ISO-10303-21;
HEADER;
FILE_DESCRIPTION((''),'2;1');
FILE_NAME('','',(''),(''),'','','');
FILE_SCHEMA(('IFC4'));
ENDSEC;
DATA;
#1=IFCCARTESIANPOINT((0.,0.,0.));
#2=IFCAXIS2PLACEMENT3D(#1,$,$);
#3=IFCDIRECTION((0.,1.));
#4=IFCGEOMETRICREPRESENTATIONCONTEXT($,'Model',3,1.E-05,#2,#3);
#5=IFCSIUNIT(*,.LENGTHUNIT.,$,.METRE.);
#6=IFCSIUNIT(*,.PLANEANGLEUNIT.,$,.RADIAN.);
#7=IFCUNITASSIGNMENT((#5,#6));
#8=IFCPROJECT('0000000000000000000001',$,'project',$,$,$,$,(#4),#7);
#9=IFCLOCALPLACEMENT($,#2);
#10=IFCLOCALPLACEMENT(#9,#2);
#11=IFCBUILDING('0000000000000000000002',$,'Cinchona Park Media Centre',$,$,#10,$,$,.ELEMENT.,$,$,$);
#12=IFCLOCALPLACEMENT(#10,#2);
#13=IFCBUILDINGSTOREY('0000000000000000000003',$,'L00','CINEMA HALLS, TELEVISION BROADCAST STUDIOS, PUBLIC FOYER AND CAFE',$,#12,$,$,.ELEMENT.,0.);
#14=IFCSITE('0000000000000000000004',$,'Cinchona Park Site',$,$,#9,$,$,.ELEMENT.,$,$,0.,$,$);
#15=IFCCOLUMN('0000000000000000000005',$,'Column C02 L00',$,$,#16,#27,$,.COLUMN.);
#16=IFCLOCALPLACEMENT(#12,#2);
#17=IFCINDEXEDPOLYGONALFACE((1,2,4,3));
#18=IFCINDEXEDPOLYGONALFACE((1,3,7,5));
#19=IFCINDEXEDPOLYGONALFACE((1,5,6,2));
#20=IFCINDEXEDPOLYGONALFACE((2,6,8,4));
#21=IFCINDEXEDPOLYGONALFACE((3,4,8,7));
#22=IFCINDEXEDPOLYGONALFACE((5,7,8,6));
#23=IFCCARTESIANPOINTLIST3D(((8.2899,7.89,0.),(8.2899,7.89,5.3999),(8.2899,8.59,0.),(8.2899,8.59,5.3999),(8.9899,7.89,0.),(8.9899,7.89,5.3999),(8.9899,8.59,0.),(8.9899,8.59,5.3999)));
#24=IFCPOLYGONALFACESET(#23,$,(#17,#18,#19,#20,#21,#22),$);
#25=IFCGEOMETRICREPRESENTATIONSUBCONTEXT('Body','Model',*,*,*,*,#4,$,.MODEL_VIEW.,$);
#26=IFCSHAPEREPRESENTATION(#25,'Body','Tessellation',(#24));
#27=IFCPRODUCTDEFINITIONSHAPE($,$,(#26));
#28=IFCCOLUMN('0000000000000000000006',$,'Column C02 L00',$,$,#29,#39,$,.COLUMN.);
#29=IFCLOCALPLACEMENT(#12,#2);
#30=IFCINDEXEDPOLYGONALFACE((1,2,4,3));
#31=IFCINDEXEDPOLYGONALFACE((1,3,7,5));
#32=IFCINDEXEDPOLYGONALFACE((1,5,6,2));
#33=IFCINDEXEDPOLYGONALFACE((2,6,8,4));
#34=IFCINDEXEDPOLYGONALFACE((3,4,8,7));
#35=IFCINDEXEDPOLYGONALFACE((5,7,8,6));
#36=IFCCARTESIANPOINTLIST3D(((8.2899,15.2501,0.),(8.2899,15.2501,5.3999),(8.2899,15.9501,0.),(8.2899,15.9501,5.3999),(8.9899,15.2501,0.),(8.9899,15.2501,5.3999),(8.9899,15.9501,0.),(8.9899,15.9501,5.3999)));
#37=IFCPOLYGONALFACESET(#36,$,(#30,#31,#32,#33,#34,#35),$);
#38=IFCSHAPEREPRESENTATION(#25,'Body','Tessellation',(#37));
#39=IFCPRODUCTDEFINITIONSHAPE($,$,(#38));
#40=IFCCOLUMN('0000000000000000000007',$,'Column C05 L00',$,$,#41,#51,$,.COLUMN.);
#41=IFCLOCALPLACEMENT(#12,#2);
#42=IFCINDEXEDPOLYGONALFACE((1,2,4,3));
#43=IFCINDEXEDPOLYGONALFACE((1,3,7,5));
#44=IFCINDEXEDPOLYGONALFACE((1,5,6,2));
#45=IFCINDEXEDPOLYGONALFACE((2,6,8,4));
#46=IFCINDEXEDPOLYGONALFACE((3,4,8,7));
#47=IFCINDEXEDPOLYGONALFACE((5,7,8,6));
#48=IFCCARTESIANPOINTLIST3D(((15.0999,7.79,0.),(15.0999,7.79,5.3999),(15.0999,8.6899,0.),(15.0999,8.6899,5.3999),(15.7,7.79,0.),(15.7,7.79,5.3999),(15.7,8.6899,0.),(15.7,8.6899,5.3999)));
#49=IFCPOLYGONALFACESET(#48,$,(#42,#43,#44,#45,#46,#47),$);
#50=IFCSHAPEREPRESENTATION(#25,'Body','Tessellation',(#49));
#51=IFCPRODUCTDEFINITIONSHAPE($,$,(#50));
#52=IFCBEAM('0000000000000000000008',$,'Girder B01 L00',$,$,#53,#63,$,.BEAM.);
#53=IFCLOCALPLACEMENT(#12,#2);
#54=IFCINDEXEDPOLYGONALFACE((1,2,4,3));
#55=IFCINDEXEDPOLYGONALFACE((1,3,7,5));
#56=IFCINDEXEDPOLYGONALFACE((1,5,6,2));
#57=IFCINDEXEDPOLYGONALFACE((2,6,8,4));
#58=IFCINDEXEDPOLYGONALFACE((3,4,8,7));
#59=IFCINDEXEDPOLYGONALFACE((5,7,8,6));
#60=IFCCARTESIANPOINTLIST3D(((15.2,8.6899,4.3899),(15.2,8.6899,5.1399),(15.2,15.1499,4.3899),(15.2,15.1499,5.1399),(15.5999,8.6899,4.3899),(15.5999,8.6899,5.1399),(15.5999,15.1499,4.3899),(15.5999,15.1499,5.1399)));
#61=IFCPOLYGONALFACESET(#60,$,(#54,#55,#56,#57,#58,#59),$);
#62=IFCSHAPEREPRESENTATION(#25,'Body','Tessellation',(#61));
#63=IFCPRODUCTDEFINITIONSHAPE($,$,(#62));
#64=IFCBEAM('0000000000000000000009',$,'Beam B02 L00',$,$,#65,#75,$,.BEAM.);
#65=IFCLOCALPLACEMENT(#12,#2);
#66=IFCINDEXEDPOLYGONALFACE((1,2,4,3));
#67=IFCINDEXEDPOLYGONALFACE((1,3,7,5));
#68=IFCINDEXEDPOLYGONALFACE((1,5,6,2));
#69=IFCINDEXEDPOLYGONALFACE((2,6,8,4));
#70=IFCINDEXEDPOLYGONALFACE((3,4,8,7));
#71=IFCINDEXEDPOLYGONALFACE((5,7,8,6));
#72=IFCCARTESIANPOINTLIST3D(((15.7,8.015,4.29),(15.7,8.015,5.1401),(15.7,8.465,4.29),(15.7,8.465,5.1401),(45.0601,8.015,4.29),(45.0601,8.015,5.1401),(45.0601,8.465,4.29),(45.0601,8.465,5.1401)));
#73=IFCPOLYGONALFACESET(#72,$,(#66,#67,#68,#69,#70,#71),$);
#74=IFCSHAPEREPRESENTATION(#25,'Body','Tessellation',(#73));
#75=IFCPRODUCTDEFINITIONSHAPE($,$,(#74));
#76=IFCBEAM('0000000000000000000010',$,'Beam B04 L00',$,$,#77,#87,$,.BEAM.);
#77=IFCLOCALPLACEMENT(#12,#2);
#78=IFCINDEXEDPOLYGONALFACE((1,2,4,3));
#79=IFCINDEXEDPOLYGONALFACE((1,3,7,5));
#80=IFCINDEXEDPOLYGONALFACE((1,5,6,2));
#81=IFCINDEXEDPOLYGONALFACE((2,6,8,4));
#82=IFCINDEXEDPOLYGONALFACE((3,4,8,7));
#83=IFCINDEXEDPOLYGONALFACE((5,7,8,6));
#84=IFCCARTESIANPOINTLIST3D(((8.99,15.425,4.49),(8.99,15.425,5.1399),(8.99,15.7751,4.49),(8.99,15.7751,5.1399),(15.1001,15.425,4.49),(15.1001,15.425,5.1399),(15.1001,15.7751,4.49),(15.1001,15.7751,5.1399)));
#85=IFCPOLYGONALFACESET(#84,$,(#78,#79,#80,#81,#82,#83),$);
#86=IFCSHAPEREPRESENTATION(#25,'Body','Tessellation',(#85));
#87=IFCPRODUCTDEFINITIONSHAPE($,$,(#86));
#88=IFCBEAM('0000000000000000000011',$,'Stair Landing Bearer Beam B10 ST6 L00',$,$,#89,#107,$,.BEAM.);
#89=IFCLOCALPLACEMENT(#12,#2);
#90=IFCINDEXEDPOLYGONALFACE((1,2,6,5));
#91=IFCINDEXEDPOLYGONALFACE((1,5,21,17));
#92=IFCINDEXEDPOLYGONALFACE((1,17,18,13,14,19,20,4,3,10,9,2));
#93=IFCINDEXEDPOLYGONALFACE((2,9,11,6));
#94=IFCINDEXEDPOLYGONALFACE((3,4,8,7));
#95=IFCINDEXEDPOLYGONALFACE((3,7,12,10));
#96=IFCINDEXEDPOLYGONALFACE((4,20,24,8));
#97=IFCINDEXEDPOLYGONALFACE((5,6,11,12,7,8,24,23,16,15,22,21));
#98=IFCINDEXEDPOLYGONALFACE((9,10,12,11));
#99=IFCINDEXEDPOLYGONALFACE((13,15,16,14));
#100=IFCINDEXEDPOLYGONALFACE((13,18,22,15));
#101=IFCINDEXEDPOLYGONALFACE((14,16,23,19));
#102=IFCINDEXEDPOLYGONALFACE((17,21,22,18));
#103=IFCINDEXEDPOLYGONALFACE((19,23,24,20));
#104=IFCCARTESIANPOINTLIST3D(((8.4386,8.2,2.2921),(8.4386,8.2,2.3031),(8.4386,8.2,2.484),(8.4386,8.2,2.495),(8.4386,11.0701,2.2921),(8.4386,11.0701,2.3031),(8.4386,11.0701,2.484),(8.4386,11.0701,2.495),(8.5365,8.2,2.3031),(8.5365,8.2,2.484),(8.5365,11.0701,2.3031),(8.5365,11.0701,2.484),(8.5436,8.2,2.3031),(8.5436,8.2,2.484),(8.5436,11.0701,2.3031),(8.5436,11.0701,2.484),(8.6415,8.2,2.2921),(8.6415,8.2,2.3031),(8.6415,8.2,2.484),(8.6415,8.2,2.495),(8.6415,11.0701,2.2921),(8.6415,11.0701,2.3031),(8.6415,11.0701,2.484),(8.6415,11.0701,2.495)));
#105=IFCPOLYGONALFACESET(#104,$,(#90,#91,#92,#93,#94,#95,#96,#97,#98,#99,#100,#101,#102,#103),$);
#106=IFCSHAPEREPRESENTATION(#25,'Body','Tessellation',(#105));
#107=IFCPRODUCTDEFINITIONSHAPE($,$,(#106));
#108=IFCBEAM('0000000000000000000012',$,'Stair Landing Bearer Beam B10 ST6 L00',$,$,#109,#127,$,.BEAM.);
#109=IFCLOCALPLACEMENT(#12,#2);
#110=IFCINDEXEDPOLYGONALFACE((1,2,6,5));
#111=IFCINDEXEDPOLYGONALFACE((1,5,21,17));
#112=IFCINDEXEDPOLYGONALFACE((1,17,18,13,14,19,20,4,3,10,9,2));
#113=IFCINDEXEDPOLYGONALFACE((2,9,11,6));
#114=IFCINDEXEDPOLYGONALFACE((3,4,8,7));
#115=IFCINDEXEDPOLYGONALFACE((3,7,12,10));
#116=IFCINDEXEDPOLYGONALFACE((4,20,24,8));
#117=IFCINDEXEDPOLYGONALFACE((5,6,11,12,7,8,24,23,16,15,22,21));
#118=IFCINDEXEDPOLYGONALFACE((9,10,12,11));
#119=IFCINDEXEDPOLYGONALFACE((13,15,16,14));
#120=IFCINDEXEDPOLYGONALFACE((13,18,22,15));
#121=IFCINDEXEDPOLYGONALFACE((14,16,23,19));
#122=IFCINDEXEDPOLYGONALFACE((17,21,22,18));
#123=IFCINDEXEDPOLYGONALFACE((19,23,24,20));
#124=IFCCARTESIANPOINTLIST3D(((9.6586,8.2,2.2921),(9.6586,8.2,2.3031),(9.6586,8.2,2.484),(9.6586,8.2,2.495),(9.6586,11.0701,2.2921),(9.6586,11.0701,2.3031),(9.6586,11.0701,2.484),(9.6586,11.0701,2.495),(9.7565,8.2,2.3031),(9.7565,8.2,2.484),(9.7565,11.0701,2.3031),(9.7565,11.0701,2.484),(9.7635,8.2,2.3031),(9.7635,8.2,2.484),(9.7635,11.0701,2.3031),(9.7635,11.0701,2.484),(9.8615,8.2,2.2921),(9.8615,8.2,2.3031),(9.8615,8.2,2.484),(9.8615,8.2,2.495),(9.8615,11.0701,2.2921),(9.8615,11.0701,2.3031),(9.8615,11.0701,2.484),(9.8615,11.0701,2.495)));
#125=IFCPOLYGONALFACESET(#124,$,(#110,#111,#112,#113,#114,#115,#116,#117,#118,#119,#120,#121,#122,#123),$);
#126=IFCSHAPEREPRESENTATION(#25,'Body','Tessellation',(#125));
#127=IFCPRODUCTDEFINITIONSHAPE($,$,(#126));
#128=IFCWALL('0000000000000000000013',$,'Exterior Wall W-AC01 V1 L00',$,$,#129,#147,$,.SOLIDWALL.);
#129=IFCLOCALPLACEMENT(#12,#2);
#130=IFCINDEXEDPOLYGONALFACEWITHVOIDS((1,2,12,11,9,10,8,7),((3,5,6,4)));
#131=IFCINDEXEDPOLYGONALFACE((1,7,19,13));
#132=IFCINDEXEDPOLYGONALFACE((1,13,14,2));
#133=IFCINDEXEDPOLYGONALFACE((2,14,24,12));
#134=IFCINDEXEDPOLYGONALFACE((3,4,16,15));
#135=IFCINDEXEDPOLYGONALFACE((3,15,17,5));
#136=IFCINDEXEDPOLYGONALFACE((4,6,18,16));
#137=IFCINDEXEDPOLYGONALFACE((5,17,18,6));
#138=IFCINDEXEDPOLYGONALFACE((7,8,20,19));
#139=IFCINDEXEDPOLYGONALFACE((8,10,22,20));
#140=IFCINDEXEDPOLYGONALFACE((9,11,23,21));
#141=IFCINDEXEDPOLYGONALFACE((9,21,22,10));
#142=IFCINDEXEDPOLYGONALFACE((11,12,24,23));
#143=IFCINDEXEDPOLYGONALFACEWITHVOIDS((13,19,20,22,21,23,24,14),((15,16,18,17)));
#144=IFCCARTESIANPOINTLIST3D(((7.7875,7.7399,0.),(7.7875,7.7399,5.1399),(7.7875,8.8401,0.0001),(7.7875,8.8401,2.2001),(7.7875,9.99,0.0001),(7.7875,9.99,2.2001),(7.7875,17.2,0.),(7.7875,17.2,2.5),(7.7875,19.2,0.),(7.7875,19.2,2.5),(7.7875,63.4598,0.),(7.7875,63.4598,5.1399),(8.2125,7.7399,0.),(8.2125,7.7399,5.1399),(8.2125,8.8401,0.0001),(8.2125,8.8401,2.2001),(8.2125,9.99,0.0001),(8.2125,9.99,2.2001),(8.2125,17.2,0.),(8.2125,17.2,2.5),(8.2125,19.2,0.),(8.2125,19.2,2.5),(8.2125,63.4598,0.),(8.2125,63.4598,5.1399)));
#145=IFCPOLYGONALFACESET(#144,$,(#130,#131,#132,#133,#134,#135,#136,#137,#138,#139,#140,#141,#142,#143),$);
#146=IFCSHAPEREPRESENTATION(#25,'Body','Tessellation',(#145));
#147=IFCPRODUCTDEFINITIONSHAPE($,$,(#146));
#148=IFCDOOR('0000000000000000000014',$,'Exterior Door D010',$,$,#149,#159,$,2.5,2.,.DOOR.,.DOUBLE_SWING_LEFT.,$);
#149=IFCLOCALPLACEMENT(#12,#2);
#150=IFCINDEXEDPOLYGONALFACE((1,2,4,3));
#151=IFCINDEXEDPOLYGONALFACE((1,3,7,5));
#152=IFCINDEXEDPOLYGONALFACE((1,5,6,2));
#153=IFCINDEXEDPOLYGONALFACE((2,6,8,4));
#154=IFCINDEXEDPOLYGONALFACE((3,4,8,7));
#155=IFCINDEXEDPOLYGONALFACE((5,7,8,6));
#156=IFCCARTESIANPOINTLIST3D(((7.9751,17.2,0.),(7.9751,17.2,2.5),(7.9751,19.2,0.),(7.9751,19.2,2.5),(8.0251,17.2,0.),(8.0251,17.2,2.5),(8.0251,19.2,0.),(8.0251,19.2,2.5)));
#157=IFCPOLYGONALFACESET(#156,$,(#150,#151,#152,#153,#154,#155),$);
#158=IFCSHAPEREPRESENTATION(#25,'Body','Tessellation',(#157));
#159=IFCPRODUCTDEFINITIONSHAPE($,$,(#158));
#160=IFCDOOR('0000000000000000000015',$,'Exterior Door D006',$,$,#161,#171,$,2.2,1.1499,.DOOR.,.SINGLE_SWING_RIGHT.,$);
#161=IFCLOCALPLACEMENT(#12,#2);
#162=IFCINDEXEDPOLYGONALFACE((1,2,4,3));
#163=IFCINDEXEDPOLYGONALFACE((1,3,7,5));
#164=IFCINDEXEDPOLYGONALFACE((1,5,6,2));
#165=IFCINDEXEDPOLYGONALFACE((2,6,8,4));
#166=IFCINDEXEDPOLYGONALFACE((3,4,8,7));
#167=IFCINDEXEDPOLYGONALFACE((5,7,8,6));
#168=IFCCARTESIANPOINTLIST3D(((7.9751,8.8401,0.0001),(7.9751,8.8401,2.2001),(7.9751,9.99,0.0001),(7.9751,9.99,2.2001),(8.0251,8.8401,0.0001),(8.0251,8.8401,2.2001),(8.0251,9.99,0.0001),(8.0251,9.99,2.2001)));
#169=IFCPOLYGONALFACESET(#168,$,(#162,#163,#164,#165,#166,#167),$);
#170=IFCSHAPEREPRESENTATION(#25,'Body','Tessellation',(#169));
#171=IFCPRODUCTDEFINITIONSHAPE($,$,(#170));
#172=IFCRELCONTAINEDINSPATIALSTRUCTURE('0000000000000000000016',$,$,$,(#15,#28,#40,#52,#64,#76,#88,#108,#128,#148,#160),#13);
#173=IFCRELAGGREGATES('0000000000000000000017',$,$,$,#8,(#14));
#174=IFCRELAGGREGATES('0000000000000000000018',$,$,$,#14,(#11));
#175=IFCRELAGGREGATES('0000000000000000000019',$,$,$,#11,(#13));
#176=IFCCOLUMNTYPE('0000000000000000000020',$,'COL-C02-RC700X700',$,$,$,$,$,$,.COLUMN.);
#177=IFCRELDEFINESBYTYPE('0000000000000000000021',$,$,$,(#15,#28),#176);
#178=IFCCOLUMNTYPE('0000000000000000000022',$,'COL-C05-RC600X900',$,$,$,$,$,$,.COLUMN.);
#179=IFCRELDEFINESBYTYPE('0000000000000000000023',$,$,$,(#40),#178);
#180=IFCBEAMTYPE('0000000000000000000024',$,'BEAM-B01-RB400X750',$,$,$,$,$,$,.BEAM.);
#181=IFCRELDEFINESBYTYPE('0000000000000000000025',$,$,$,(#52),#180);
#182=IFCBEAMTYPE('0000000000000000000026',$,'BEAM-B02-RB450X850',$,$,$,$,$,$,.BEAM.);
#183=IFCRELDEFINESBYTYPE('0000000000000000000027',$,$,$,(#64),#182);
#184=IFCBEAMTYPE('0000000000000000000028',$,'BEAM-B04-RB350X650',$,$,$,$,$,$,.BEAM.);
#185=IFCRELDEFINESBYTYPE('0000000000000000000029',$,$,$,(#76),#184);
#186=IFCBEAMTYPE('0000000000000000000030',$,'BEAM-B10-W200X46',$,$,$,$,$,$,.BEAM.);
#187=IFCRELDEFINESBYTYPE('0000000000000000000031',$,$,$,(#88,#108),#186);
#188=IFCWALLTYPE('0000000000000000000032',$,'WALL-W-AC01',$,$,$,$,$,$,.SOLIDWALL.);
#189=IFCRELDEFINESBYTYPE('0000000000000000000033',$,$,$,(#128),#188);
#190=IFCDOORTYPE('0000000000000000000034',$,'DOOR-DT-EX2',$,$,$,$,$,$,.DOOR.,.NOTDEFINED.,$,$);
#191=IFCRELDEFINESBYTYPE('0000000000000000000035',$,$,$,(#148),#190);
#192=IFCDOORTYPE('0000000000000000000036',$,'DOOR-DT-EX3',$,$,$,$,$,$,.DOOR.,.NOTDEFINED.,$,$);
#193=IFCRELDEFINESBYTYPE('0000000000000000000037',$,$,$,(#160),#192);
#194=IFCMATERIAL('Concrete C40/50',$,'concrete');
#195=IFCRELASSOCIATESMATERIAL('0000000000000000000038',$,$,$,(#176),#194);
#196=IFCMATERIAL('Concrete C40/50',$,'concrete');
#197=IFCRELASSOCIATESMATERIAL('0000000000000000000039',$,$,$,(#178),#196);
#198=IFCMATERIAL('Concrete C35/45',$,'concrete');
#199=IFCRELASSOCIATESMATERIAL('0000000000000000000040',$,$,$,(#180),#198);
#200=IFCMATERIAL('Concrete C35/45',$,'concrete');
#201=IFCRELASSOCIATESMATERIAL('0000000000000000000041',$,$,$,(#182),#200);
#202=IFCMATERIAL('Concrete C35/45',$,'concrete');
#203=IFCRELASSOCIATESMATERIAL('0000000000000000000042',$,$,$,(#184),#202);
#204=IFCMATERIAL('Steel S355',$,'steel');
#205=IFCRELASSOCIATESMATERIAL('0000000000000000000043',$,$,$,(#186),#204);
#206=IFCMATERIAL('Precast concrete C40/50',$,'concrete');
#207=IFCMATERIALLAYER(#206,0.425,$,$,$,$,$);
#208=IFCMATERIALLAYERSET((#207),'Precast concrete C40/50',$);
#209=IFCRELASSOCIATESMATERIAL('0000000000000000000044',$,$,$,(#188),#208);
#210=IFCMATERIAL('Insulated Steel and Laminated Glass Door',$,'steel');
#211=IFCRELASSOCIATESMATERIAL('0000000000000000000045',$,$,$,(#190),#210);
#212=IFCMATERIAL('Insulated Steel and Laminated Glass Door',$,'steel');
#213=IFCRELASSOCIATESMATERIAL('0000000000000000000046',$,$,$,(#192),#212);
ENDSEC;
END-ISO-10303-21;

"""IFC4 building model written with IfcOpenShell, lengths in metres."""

from ifc_helpers import new_model, si_unit, direction, frame, frame_2d, origin, origin_2d, place, context, subcontext, project, spatial, rectangle, i_section, extrude, material, layer, layer_set, material_profile, profile_set, type_object, element, fill, save


model = new_model("IFC4")

# Units and contexts
model_context = context("Model", 3, precision=1e-05, world=origin(), true_north=direction((0.0, 1.0)))
body_context = subcontext(model_context, "Body", "Model", "MODEL_VIEW")
ifc_project = project(units=[si_unit("LENGTHUNIT", "METRE"), si_unit("PLANEANGLEUNIT", "RADIAN")], contexts=[model_context])

# Site, building, storey
site_placement = place(None, origin())
site = spatial("IfcSite", under=ifc_project, at=site_placement, Name="Cinchona Park Site", CompositionType="ELEMENT", RefElevation=0.0)
building_placement = place(site_placement, origin())
building = spatial("IfcBuilding", under=site, at=building_placement, Name="Cinchona Park Media Centre", CompositionType="ELEMENT")
storey_placement = place(building_placement, origin())
storey = spatial("IfcBuildingStorey", under=building, at=storey_placement, Name="L00", Description="CINEMA HALLS, TELEVISION BROADCAST STUDIOS, PUBLIC FOYER AND CAFE", CompositionType="ELEMENT", Elevation=0.0)

# Columns
ifc_material_1 = material(Name="Concrete C40/50", Category="concrete")
ifc_material_profile_1 = material_profile(ifc_material_1, rectangle(XDim=0.7, YDim=0.7, at=origin_2d()), Name="RC 700X700")
ifc_profile_set_1 = profile_set([ifc_material_profile_1], Name="Concrete C40/50")
column_type_1 = type_object("IfcColumnType", Name="COL-C02-RC700X700", PredefinedType="COLUMN", material=ifc_profile_set_1)
for number, where, z_axis, x_axis, name in (
    (1, (8.6399, 8.24, 0.0), (0.0, 0.0, 1.0), (1.0, 0.0, 0.0), "Column C02 L00"),
    (2, (8.6399, 15.6001, 0.0), (0.0, 0.0, 1.0), (1.0, 0.0, 0.0), "Column C02 L00"),
):
    element("IfcColumn", number, at=place(storey_placement, frame(where, z_axis=z_axis, x_axis=x_axis)), inside=storey, type_object=column_type_1, Name=name, PredefinedType="COLUMN", context=body_context, shape_type="SweptSolid", body=[
        extrude(rectangle(XDim=0.7, YDim=0.7, at=origin_2d()), origin(), (0.0, 0.0, 1.0), 5.3999),
    ])
ifc_material_2 = material(Name="Concrete C40/50", Category="concrete")
ifc_material_profile_2 = material_profile(ifc_material_2, rectangle(XDim=0.6001, YDim=0.8999, at=origin_2d()), Name="RC 600X900")
ifc_profile_set_2 = profile_set([ifc_material_profile_2], Name="Concrete C40/50")
column_type_2 = type_object("IfcColumnType", Name="COL-C05-RC600X900", PredefinedType="COLUMN", material=ifc_profile_set_2)
column_placement = place(storey_placement, frame((15.3999, 8.24, 0.0), z_axis=(0.0, 0.0, 1.0), x_axis=(1.0, 0.0, 0.0)))
element("IfcColumn", 3, at=column_placement, inside=storey, type_object=column_type_2, Name="Column C05 L00", PredefinedType="COLUMN", context=body_context, shape_type="SweptSolid", body=[
    extrude(rectangle(XDim=0.6001, YDim=0.8999, at=origin_2d()), origin(), (0.0, 0.0, 1.0), 5.3999),
])

# Beams
ifc_material_3 = material(Name="Concrete C35/45", Category="concrete")
ifc_material_profile_3 = material_profile(ifc_material_3, rectangle(XDim=0.3999, YDim=0.75, at=origin_2d()), Name="RB 400X750")
ifc_profile_set_3 = profile_set([ifc_material_profile_3], Name="Concrete C35/45")
beam_type_1 = type_object("IfcBeamType", Name="BEAM-B01-RB400X750", PredefinedType="BEAM", material=ifc_profile_set_3)
beam_1_placement = place(storey_placement, frame((15.3999, 8.6899, 4.7649), z_axis=(0.0, 1.0, 0.0), x_axis=(-1.0, 0.0, 0.0)))
element("IfcBeam", 4, at=beam_1_placement, inside=storey, type_object=beam_type_1, Name="Girder B01 L00", PredefinedType="BEAM", context=body_context, shape_type="SweptSolid", body=[
    extrude(rectangle(XDim=0.3999, YDim=0.75, at=origin_2d()), origin(), (0.0, 0.0, 1.0), 6.46),
])
ifc_material_4 = material(Name="Concrete C35/45", Category="concrete")
ifc_material_profile_4 = material_profile(ifc_material_4, rectangle(XDim=0.45, YDim=0.8501, at=origin_2d()), Name="RB 450X850")
ifc_profile_set_4 = profile_set([ifc_material_profile_4], Name="Concrete C35/45")
beam_type_2 = type_object("IfcBeamType", Name="BEAM-B02-RB450X850", PredefinedType="BEAM", material=ifc_profile_set_4)
beam_2_placement = place(storey_placement, frame((15.7, 8.24, 4.7151), z_axis=(1.0, 0.0, 0.0), x_axis=(0.0, 1.0, 0.0)))
element("IfcBeam", 5, at=beam_2_placement, inside=storey, type_object=beam_type_2, Name="Beam B02 L00", PredefinedType="BEAM", context=body_context, shape_type="SweptSolid", body=[
    extrude(rectangle(XDim=0.45, YDim=0.8501, at=origin_2d()), origin(), (0.0, 0.0, 1.0), 29.3601),
])
ifc_material_5 = material(Name="Concrete C35/45", Category="concrete")
ifc_material_profile_5 = material_profile(ifc_material_5, rectangle(XDim=0.3501, YDim=0.6499, at=origin_2d()), Name="RB 350X650")
ifc_profile_set_5 = profile_set([ifc_material_profile_5], Name="Concrete C35/45")
beam_type_3 = type_object("IfcBeamType", Name="BEAM-B04-RB350X650", PredefinedType="BEAM", material=ifc_profile_set_5)
beam_3_placement = place(storey_placement, frame((8.99, 15.6001, 4.8149), z_axis=(1.0, 0.0, 0.0), x_axis=(0.0, 1.0, 0.0)))
element("IfcBeam", 6, at=beam_3_placement, inside=storey, type_object=beam_type_3, Name="Beam B04 L00", PredefinedType="BEAM", context=body_context, shape_type="SweptSolid", body=[
    extrude(rectangle(XDim=0.3501, YDim=0.6499, at=origin_2d()), origin(), (0.0, 0.0, 1.0), 6.1101),
])
ifc_material_6 = material(Name="Steel S355", Category="steel")
ifc_material_profile_6 = material_profile(ifc_material_6, i_section(OverallWidth=0.2029, OverallDepth=0.2029, WebThickness=0.0071, FlangeThickness=0.011, at=origin_2d()), Name="W200X46")
ifc_profile_set_6 = profile_set([ifc_material_profile_6], Name="Steel S355")
beam_type_4 = type_object("IfcBeamType", Name="BEAM-B10-W200X46", PredefinedType="BEAM", material=ifc_profile_set_6)
for number, where, z_axis, x_axis, name in (
    (7, (8.54, 11.0701, 2.3936), (0.0, -1.0, 0.0), (1.0, 0.0, 0.0), "Stair Landing Bearer Beam B10 ST6 L00"),
    (8, (9.76, 11.0701, 2.3936), (0.0, -1.0, 0.0), (1.0, 0.0, 0.0), "Stair Landing Bearer Beam B10 ST6 L00"),
):
    element("IfcBeam", number, at=place(storey_placement, frame(where, z_axis=z_axis, x_axis=x_axis)), inside=storey, type_object=beam_type_4, Name=name, PredefinedType="BEAM", context=body_context, shape_type="SweptSolid", body=[
        extrude(i_section(OverallWidth=0.2029, OverallDepth=0.2029, WebThickness=0.0071, FlangeThickness=0.011, at=origin_2d()), origin(), (0.0, 0.0, 1.0), 2.8701),
    ])

# Wall, openings, doors
ifc_material_7 = material(Name="Precast concrete C40/50", Category="concrete")
ifc_layer_1 = layer(ifc_material_7, 0.425)
ifc_layer_set_1 = layer_set([ifc_layer_1], Name="Precast concrete C40/50")
wall_type_1 = type_object("IfcWallType", Name="WALL-W-AC01", PredefinedType="SOLIDWALL", material=ifc_layer_set_1)
wall_1_placement = place(storey_placement, frame((8.0, 7.74, 0.0), z_axis=(0.0, 0.0, 1.0), x_axis=(0.0, 1.0, 0.0)))
wall_1 = element("IfcWall", 9, at=wall_1_placement, inside=storey, type_object=wall_type_1, Name="Exterior Wall W-AC01 V1 L00", PredefinedType="SOLIDWALL", context=body_context, shape_type="SweptSolid", body=[
    extrude(rectangle(XDim=55.72, YDim=0.425, at=frame_2d((27.8599, 0.0))), origin(), (0.0, 0.0, 1.0), 5.1399),
])
opening_1_placement = place(wall_1_placement, frame((1.1001, 0.0, 0.0)))
opening_1 = element("IfcOpeningElement", 10, at=opening_1_placement, cuts=wall_1, PredefinedType="OPENING", context=body_context, shape_type="SweptSolid", body=[
    extrude(rectangle(XDim=1.1499, YDim=2.2, at=frame_2d((0.575, 1.1001))), frame((0.0, 0.2224, 0.0), z_axis=(0.0, -1.0, 0.0), x_axis=(1.0, 0.0, 0.0)), (0.0, 0.0, 1.0), 0.4451),
])
opening_2_placement = place(wall_1_placement, frame((9.46, 0.0, 0.0)))
opening_2 = element("IfcOpeningElement", 11, at=opening_2_placement, cuts=wall_1, PredefinedType="OPENING", context=body_context, shape_type="SweptSolid", body=[
    extrude(rectangle(XDim=2.0, YDim=2.5, at=frame_2d((1.0, 1.25))), frame((0.0, 0.2224, 0.0), z_axis=(0.0, -1.0, 0.0), x_axis=(1.0, 0.0, 0.0)), (0.0, 0.0, 1.0), 0.4451),
])
ifc_material_8 = material(Name="Insulated Steel and Laminated Glass Door", Category="steel")
door_type_1 = type_object("IfcDoorType", Name="DOOR-DT-EX2", OperationType="NOTDEFINED", PredefinedType="DOOR", material=ifc_material_8)
door_1_placement = place(opening_2_placement, origin())
door_1 = element("IfcDoor", 12, at=door_1_placement, inside=storey, type_object=door_type_1, Name="Exterior Door D010", OperationType="DOUBLE_SWING_LEFT", OverallHeight=2.5, OverallWidth=2.0, PredefinedType="DOOR", context=body_context, shape_type="SweptSolid", body=[
    extrude(rectangle(XDim=2.0, YDim=2.5, at=frame_2d((1.0, 1.25))), frame((0.0, 0.0249, 0.0), z_axis=(0.0, -1.0, 0.0), x_axis=(1.0, 0.0, 0.0)), (0.0, 0.0, 1.0), 0.05),
])
fill(opening_2, door_1)
ifc_material_9 = material(Name="Insulated Steel and Laminated Glass Door", Category="steel")
door_type_2 = type_object("IfcDoorType", Name="DOOR-DT-EX3", OperationType="NOTDEFINED", PredefinedType="DOOR", material=ifc_material_9)
door_2_placement = place(opening_1_placement, origin())
door_2 = element("IfcDoor", 13, at=door_2_placement, inside=storey, type_object=door_type_2, Name="Exterior Door D006", OperationType="SINGLE_SWING_RIGHT", OverallHeight=2.2, OverallWidth=1.1499, PredefinedType="DOOR", context=body_context, shape_type="SweptSolid", body=[
    extrude(rectangle(XDim=1.1499, YDim=2.2, at=frame_2d((0.575, 1.1001))), frame((0.0, 0.0249, 0.0), z_axis=(0.0, -1.0, 0.0), x_axis=(1.0, 0.0, 0.0)), (0.0, 0.0, 1.0), 0.05),
])
fill(opening_1, door_2)

save(model, "model.ifc")
